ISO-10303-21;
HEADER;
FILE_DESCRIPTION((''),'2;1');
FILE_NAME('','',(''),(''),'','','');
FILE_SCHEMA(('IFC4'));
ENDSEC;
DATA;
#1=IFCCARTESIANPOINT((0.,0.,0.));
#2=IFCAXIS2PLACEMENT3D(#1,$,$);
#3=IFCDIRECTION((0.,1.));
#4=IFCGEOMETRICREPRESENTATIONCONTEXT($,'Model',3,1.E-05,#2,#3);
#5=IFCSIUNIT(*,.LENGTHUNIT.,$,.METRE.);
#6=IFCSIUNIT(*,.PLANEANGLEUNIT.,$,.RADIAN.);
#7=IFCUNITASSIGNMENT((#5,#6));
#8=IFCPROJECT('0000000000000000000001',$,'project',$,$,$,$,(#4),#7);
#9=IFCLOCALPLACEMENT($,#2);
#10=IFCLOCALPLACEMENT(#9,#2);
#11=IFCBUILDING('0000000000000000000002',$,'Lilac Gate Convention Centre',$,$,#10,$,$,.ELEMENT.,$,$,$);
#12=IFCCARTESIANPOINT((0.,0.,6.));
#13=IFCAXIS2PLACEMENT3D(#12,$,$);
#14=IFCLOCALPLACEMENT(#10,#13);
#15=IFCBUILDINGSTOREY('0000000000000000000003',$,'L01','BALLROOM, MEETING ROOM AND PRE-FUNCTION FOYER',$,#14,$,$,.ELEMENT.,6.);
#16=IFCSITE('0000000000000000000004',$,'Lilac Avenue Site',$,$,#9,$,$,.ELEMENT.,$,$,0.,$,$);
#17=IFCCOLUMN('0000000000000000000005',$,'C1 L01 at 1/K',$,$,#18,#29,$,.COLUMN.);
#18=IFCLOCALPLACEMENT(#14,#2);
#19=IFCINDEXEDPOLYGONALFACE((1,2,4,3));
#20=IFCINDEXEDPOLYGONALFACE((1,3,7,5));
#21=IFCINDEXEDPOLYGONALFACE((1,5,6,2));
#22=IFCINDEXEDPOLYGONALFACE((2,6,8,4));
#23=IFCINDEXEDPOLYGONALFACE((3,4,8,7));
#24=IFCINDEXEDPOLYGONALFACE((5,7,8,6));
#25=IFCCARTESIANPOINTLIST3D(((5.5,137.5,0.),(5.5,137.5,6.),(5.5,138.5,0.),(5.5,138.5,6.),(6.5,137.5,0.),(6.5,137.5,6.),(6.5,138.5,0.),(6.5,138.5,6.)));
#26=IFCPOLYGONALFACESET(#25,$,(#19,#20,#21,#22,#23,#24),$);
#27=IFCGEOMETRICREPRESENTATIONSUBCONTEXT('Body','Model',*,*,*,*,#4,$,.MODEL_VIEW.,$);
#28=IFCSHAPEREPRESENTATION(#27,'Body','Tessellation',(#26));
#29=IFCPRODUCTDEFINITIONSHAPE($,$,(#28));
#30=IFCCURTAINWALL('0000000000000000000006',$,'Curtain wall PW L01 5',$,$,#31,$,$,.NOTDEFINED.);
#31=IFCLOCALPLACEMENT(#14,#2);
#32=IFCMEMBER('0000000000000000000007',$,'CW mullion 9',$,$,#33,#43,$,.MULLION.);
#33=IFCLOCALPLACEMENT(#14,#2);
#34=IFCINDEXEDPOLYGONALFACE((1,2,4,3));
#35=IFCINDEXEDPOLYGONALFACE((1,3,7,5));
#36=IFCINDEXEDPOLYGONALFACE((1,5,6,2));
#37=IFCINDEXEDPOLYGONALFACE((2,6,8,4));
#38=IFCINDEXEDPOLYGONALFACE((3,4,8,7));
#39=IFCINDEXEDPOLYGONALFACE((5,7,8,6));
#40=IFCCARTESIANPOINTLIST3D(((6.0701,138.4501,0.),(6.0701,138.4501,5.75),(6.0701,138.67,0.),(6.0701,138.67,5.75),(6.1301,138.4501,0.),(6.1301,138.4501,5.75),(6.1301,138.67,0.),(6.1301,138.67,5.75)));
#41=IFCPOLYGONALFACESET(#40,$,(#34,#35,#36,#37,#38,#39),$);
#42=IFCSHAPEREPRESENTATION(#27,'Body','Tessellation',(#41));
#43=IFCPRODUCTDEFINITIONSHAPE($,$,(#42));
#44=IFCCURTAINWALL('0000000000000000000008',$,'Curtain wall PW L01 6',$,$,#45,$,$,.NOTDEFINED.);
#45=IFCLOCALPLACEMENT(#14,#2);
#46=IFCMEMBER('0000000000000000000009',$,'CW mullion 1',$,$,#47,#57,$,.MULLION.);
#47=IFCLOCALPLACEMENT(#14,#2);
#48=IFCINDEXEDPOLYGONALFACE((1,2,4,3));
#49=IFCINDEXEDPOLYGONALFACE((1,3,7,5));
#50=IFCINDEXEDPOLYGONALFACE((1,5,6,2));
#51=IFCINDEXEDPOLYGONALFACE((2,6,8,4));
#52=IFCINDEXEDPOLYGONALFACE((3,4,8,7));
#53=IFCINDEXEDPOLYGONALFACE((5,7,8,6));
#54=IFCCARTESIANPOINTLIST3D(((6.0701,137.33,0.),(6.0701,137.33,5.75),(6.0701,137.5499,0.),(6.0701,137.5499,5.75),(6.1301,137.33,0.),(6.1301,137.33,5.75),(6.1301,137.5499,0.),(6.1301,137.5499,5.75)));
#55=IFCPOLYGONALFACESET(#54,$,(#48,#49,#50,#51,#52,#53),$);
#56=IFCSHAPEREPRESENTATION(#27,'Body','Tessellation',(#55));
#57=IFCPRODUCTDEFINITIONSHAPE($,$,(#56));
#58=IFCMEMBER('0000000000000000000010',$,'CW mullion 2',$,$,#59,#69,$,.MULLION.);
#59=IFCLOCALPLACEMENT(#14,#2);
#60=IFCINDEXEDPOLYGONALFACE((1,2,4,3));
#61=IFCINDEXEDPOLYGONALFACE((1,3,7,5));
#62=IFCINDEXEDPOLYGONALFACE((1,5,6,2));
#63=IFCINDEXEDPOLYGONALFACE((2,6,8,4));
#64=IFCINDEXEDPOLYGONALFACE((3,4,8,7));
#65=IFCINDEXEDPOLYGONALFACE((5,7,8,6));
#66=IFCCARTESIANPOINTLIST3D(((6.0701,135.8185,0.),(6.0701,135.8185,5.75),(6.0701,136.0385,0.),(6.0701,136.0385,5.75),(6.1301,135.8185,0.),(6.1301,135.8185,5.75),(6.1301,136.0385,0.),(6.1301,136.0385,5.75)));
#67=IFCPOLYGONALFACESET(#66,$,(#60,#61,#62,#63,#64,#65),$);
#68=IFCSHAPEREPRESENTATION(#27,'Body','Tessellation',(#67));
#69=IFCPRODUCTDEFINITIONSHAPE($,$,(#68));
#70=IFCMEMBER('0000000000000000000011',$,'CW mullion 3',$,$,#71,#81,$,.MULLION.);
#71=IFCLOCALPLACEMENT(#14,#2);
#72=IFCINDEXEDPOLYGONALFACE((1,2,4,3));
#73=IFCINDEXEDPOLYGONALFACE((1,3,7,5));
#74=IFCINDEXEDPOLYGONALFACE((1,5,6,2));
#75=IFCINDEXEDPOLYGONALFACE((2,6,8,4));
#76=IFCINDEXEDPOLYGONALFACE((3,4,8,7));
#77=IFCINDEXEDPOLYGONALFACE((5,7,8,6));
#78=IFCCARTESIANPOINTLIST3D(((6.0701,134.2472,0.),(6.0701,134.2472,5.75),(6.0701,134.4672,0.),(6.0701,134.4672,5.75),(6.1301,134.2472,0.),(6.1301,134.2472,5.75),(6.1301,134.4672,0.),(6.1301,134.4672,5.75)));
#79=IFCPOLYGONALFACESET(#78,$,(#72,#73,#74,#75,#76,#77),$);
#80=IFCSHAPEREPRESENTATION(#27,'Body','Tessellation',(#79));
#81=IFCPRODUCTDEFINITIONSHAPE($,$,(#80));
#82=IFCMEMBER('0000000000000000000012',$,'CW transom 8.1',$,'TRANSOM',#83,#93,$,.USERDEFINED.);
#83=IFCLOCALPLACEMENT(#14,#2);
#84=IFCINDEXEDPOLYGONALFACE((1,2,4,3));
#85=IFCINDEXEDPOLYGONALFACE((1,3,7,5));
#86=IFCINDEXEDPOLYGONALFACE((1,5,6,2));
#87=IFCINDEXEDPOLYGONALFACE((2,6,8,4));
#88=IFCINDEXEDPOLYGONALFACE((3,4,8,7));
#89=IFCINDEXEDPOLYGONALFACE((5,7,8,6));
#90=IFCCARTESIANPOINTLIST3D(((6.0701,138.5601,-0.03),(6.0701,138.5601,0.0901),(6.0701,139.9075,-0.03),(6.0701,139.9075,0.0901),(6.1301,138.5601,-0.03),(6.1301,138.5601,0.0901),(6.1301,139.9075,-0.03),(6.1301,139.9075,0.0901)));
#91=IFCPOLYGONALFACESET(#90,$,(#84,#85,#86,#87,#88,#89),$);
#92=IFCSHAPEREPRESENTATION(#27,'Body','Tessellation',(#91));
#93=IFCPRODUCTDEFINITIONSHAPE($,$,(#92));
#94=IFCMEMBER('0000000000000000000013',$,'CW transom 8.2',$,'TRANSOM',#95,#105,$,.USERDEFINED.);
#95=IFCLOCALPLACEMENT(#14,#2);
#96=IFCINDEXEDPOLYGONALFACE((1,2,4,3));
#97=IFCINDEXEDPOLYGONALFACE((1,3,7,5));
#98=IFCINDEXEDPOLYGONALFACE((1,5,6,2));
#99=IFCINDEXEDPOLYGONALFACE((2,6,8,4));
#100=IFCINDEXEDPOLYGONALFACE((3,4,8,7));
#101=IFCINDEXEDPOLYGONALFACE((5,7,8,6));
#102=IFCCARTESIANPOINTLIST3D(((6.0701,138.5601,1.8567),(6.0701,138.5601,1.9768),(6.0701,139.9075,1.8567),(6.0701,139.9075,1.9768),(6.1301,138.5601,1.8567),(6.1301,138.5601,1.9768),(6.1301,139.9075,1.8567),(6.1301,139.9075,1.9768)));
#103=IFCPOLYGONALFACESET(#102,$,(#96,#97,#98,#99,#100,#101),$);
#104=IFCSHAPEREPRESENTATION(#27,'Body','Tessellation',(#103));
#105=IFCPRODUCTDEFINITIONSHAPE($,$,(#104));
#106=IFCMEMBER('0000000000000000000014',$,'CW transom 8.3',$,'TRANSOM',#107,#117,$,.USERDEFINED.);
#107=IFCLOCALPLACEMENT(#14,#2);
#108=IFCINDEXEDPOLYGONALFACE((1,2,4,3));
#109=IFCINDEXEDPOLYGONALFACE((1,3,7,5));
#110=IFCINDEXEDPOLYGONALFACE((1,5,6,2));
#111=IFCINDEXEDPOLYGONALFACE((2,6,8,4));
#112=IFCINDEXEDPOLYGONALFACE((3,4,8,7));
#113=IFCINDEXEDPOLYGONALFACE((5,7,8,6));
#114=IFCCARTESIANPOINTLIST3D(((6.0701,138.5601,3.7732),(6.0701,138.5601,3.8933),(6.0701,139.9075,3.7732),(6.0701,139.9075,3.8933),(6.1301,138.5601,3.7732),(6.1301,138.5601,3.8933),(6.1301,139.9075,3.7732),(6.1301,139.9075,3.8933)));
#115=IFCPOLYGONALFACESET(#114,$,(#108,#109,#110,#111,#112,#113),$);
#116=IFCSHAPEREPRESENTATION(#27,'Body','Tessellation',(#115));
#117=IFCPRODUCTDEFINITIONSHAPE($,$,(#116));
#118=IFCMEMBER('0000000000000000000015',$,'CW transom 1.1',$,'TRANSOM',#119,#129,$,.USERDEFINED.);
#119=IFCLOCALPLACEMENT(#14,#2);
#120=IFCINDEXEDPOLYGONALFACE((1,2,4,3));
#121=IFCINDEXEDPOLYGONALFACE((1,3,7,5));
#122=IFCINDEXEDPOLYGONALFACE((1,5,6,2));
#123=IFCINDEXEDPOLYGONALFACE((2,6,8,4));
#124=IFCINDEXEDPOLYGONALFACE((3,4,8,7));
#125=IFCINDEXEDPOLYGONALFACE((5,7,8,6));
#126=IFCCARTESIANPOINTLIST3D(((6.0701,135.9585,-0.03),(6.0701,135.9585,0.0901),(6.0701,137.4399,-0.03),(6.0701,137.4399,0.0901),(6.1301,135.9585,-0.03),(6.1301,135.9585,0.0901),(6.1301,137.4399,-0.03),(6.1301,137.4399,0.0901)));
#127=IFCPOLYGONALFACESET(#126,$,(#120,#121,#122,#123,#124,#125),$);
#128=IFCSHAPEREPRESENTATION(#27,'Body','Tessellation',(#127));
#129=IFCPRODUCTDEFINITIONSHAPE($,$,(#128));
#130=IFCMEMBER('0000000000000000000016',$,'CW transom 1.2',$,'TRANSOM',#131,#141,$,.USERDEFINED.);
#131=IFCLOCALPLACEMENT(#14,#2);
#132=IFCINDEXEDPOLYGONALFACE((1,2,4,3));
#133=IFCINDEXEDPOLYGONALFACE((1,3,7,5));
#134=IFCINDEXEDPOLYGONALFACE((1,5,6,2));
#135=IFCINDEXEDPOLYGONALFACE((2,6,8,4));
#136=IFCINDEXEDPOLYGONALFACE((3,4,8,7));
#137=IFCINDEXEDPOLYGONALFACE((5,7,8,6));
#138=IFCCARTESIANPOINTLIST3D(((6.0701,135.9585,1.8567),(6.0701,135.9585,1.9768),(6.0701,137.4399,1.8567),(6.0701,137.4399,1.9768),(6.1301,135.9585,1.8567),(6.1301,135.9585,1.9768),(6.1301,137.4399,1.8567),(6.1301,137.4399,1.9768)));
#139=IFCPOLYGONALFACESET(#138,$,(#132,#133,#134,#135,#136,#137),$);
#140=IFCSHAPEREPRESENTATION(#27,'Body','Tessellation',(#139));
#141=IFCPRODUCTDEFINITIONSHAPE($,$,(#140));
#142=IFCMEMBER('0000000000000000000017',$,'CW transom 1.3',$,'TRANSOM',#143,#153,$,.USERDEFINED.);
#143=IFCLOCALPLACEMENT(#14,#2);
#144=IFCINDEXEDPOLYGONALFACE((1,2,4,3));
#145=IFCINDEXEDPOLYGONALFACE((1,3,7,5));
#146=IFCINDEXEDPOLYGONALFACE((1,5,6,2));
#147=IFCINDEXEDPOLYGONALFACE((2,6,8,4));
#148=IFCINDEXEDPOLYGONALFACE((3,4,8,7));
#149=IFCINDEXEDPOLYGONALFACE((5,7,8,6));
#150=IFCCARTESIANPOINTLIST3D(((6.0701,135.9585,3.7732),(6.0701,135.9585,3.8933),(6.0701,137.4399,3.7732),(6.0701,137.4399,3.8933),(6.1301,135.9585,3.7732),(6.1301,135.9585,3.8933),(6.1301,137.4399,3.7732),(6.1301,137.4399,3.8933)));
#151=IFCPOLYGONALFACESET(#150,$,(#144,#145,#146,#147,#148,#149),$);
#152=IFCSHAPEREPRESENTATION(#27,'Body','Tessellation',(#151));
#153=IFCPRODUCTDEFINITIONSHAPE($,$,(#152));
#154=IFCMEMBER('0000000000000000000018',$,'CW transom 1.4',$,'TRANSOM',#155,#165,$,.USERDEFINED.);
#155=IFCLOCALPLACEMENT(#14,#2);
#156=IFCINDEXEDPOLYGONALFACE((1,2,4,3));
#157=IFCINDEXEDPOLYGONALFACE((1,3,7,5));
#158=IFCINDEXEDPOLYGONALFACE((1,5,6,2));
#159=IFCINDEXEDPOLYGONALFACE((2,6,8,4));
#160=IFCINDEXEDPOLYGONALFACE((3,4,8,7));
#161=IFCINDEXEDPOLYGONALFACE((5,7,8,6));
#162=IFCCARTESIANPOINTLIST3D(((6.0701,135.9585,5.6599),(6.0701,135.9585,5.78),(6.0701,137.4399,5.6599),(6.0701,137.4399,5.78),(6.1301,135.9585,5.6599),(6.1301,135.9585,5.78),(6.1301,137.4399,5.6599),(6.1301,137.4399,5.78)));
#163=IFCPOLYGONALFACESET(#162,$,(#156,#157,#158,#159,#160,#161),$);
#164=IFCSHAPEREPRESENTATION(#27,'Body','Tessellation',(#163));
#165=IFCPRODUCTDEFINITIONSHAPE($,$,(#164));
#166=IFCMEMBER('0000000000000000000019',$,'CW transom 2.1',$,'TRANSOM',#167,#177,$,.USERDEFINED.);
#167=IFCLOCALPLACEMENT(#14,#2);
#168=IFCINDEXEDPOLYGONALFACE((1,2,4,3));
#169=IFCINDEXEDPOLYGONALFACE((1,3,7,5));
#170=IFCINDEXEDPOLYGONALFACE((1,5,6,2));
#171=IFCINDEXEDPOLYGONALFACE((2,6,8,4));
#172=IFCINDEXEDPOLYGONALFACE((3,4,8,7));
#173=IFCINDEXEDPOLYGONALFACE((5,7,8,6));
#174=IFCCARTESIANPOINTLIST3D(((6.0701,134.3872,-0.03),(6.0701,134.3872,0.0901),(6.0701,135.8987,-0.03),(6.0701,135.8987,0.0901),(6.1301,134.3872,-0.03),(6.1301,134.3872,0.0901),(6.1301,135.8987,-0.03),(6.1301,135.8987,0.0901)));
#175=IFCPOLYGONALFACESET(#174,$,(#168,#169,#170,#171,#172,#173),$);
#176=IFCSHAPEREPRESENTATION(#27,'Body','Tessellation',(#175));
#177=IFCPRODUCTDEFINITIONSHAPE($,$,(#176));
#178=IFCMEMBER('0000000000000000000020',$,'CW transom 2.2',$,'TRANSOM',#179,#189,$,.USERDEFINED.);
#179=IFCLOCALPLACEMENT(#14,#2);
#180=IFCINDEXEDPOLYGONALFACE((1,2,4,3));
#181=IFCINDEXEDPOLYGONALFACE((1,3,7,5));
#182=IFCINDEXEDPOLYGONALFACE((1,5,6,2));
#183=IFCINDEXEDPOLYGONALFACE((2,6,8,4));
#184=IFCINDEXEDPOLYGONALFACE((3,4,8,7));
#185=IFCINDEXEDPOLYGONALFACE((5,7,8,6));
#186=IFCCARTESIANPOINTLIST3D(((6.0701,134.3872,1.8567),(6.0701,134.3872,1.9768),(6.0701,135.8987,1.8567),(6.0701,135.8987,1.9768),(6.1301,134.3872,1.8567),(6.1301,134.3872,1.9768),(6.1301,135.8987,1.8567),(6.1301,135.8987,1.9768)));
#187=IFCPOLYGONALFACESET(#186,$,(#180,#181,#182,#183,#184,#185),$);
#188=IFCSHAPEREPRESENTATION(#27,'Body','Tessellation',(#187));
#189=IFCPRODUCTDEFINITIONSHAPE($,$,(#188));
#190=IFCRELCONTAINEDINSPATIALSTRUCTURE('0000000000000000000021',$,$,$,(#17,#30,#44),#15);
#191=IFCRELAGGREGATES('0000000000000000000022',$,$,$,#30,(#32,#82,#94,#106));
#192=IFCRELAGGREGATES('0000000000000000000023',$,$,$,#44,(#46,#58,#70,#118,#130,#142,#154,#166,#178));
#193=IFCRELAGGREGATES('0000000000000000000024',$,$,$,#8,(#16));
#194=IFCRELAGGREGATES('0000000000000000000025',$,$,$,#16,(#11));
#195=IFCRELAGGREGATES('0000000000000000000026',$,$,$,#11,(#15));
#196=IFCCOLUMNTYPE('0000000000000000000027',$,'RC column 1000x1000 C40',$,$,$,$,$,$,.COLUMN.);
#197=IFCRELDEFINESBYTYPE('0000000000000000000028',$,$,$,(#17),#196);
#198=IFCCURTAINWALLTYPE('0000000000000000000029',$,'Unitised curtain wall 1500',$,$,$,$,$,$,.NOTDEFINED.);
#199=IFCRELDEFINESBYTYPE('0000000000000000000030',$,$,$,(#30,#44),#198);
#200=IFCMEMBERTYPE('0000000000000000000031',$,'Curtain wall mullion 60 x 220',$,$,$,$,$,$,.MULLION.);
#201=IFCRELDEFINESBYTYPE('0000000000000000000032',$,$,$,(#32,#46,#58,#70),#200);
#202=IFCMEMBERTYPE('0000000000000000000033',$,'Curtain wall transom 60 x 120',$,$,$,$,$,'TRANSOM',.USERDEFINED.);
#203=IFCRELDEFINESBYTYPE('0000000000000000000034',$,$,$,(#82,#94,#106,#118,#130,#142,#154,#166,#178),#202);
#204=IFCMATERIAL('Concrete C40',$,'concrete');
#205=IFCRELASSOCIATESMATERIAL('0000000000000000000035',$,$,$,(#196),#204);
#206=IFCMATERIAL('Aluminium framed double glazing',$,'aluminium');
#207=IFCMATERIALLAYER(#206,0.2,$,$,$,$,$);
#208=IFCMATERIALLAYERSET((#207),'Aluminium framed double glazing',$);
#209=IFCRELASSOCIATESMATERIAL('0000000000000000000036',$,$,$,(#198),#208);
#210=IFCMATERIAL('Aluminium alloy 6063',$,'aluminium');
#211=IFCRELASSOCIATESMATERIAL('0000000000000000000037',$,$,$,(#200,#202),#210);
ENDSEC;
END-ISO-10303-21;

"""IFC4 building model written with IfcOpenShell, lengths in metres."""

from ifc_helpers import new_model, si_unit, direction, frame, origin, origin_2d, place, context, subcontext, project, spatial, rectangle, extrude, material, layer, layer_set, material_profile, profile_set, type_object, element, aggregate, save


model = new_model("IFC4")

# Units and contexts
model_context = context("Model", 3, precision=1e-05, world=origin(), true_north=direction((0.0, 1.0)))
body_context = subcontext(model_context, "Body", "Model", "MODEL_VIEW")
ifc_project = project(units=[si_unit("LENGTHUNIT", "METRE"), si_unit("PLANEANGLEUNIT", "RADIAN")], contexts=[model_context])

# Site, building, storey
site_placement = place(None, origin())
site = spatial("IfcSite", under=ifc_project, at=site_placement, Name="Lilac Avenue Site", CompositionType="ELEMENT", RefElevation=0.0)
building_placement = place(site_placement, origin())
building = spatial("IfcBuilding", under=site, at=building_placement, Name="Lilac Gate Convention Centre", CompositionType="ELEMENT")
storey_placement = place(building_placement, frame((0.0, 0.0, 6.0)))
storey = spatial("IfcBuildingStorey", under=building, at=storey_placement, Name="L01", Description="BALLROOM, MEETING ROOM AND PRE-FUNCTION FOYER", CompositionType="ELEMENT", Elevation=6.0)

# Column
ifc_material_1 = material(Name="Concrete C40", Category="concrete")
ifc_material_profile_1 = material_profile(ifc_material_1, rectangle(XDim=1.0, YDim=1.0, at=origin_2d()), Name="RC 1000x1000")
ifc_profile_set_1 = profile_set([ifc_material_profile_1], Name="Concrete C40")
column_type = type_object("IfcColumnType", Name="RC column 1000x1000 C40", PredefinedType="COLUMN", material=ifc_profile_set_1)
column_placement = place(storey_placement, frame((6.0, 138.0, 0.0), z_axis=(0.0, 0.0, 1.0), x_axis=(1.0, 0.0, 0.0)))
element("IfcColumn", 1, at=column_placement, inside=storey, type_object=column_type, Name="C1 L01 at 1/K", PredefinedType="COLUMN", context=body_context, shape_type="SweptSolid", body=[
    extrude(rectangle(XDim=1.0, YDim=1.0, at=origin_2d()), origin(), (0.0, 0.0, 1.0), 6.0),
])

# Curtain wall, member
ifc_material_2 = material(Name="Aluminium framed double glazing", Category="aluminium")
ifc_layer_1 = layer(ifc_material_2, 0.2)
ifc_layer_set_1 = layer_set([ifc_layer_1], Name="Aluminium framed double glazing")
curtain_wall_type = type_object("IfcCurtainWallType", Name="Unitised curtain wall 1500", PredefinedType="NOTDEFINED", material=ifc_layer_set_1)
curtain_wall_1_placement = place(storey_placement, origin())
curtain_wall_1 = element("IfcCurtainWall", 2, at=curtain_wall_1_placement, inside=storey, type_object=curtain_wall_type, Name="Curtain wall PW L01 5", PredefinedType="NOTDEFINED")
ifc_material_3 = material(Name="Aluminium alloy 6063", Category="aluminium")
ifc_material_profile_2 = material_profile(ifc_material_3, rectangle(XDim=0.0601, YDim=0.22, at=origin_2d()), Name="Curtain wall mullion 60 x 220")
ifc_profile_set_2 = profile_set([ifc_material_profile_2], Name="Aluminium alloy 6063")
member_type_1 = type_object("IfcMemberType", Name="Curtain wall mullion 60 x 220", PredefinedType="MULLION", material=ifc_profile_set_2)
member_1_placement = place(storey_placement, frame((6.1001, 138.5601, 0.0), z_axis=(0.0, 0.0, 1.0), x_axis=(1.0, 0.0, 0.0)))
member_1 = element("IfcMember", 3, at=member_1_placement, type_object=member_type_1, Name="CW mullion 9", PredefinedType="MULLION", context=body_context, shape_type="SweptSolid", body=[
    extrude(rectangle(XDim=0.0601, YDim=0.22, at=origin_2d()), origin(), (0.0, 0.0, 1.0), 5.75),
])

# Curtain wall, members
curtain_wall_2_placement = place(storey_placement, origin())
curtain_wall_2 = element("IfcCurtainWall", 4, at=curtain_wall_2_placement, inside=storey, type_object=curtain_wall_type, Name="Curtain wall PW L01 6", PredefinedType="NOTDEFINED")
member_2_placement = place(storey_placement, frame((6.1001, 137.4399, 0.0), z_axis=(0.0, 0.0, 1.0), x_axis=(1.0, 0.0, 0.0)))
member_2 = element("IfcMember", 5, at=member_2_placement, type_object=member_type_1, Name="CW mullion 1", PredefinedType="MULLION", context=body_context, shape_type="SweptSolid", body=[
    extrude(rectangle(XDim=0.0601, YDim=0.22, at=origin_2d()), origin(), (0.0, 0.0, 1.0), 5.75),
])
member_3_placement = place(storey_placement, frame((6.1001, 135.9285, 0.0), z_axis=(0.0, 0.0, 1.0), x_axis=(1.0, 0.0, 0.0)))
member_3 = element("IfcMember", 6, at=member_3_placement, type_object=member_type_1, Name="CW mullion 2", PredefinedType="MULLION", context=body_context, shape_type="SweptSolid", body=[
    extrude(rectangle(XDim=0.0601, YDim=0.22, at=origin_2d()), origin(), (0.0, 0.0, 1.0), 5.75),
])
member_4_placement = place(storey_placement, frame((6.1001, 134.3572, 0.0), z_axis=(0.0, 0.0, 1.0), x_axis=(1.0, 0.0, 0.0)))
member_4 = element("IfcMember", 7, at=member_4_placement, type_object=member_type_1, Name="CW mullion 3", PredefinedType="MULLION", context=body_context, shape_type="SweptSolid", body=[
    extrude(rectangle(XDim=0.0601, YDim=0.22, at=origin_2d()), origin(), (0.0, 0.0, 1.0), 5.75),
])

# Members
ifc_material_profile_3 = material_profile(ifc_material_3, rectangle(XDim=0.0601, YDim=0.1201, at=origin_2d()), Name="Curtain wall transom 60 x 120")
ifc_profile_set_3 = profile_set([ifc_material_profile_3], Name="Aluminium alloy 6063")
member_type_2 = type_object("IfcMemberType", Name="Curtain wall transom 60 x 120", ElementType="TRANSOM", PredefinedType="USERDEFINED", material=ifc_profile_set_3)
member_5_placement = place(storey_placement, frame((6.1001, 139.9075, 0.03), z_axis=(0.0, -1.0, 0.0), x_axis=(1.0, 0.0, 0.0)))
member_5 = element("IfcMember", 8, at=member_5_placement, type_object=member_type_2, Name="CW transom 8.1", ObjectType="TRANSOM", PredefinedType="USERDEFINED", context=body_context, shape_type="SweptSolid", body=[
    extrude(rectangle(XDim=0.0601, YDim=0.1201, at=origin_2d()), origin(), (0.0, 0.0, 1.0), 1.3474),
])
member_6_placement = place(storey_placement, frame((6.1001, 139.9075, 1.9167), z_axis=(0.0, -1.0, 0.0), x_axis=(1.0, 0.0, 0.0)))
member_6 = element("IfcMember", 9, at=member_6_placement, type_object=member_type_2, Name="CW transom 8.2", ObjectType="TRANSOM", PredefinedType="USERDEFINED", context=body_context, shape_type="SweptSolid", body=[
    extrude(rectangle(XDim=0.0601, YDim=0.1201, at=origin_2d()), origin(), (0.0, 0.0, 1.0), 1.3474),
])
member_7_placement = place(storey_placement, frame((6.1001, 139.9075, 3.8333), z_axis=(0.0, -1.0, 0.0), x_axis=(1.0, 0.0, 0.0)))
member_7 = element("IfcMember", 10, at=member_7_placement, type_object=member_type_2, Name="CW transom 8.3", ObjectType="TRANSOM", PredefinedType="USERDEFINED", context=body_context, shape_type="SweptSolid", body=[
    extrude(rectangle(XDim=0.0601, YDim=0.1201, at=origin_2d()), origin(), (0.0, 0.0, 1.0), 1.3474),
])
member_8_placement = place(storey_placement, frame((6.1001, 137.4399, 0.03), z_axis=(0.0, -1.0, 0.0), x_axis=(1.0, 0.0, 0.0)))
member_8 = element("IfcMember", 11, at=member_8_placement, type_object=member_type_2, Name="CW transom 1.1", ObjectType="TRANSOM", PredefinedType="USERDEFINED", context=body_context, shape_type="SweptSolid", body=[
    extrude(rectangle(XDim=0.0601, YDim=0.1201, at=origin_2d()), origin(), (0.0, 0.0, 1.0), 1.4814),
])
member_9_placement = place(storey_placement, frame((6.1001, 137.4399, 1.9167), z_axis=(0.0, -1.0, 0.0), x_axis=(1.0, 0.0, 0.0)))
member_9 = element("IfcMember", 12, at=member_9_placement, type_object=member_type_2, Name="CW transom 1.2", ObjectType="TRANSOM", PredefinedType="USERDEFINED", context=body_context, shape_type="SweptSolid", body=[
    extrude(rectangle(XDim=0.0601, YDim=0.1201, at=origin_2d()), origin(), (0.0, 0.0, 1.0), 1.4814),
])
member_10_placement = place(storey_placement, frame((6.1001, 137.4399, 3.8333), z_axis=(0.0, -1.0, 0.0), x_axis=(1.0, 0.0, 0.0)))
member_10 = element("IfcMember", 13, at=member_10_placement, type_object=member_type_2, Name="CW transom 1.3", ObjectType="TRANSOM", PredefinedType="USERDEFINED", context=body_context, shape_type="SweptSolid", body=[
    extrude(rectangle(XDim=0.0601, YDim=0.1201, at=origin_2d()), origin(), (0.0, 0.0, 1.0), 1.4814),
])
member_11_placement = place(storey_placement, frame((6.1001, 137.4399, 5.72), z_axis=(0.0, -1.0, 0.0), x_axis=(1.0, 0.0, 0.0)))
member_11 = element("IfcMember", 14, at=member_11_placement, type_object=member_type_2, Name="CW transom 1.4", ObjectType="TRANSOM", PredefinedType="USERDEFINED", context=body_context, shape_type="SweptSolid", body=[
    extrude(rectangle(XDim=0.0601, YDim=0.1201, at=origin_2d()), origin(), (0.0, 0.0, 1.0), 1.4814),
])
member_12_placement = place(storey_placement, frame((6.1001, 135.8987, 0.03), z_axis=(0.0, -1.0, 0.0), x_axis=(1.0, 0.0, 0.0)))
member_12 = element("IfcMember", 15, at=member_12_placement, type_object=member_type_2, Name="CW transom 2.1", ObjectType="TRANSOM", PredefinedType="USERDEFINED", context=body_context, shape_type="SweptSolid", body=[
    extrude(rectangle(XDim=0.0601, YDim=0.1201, at=origin_2d()), origin(), (0.0, 0.0, 1.0), 1.5115),
])
member_13_placement = place(storey_placement, frame((6.1001, 135.8987, 1.9167), z_axis=(0.0, -1.0, 0.0), x_axis=(1.0, 0.0, 0.0)))
member_13 = element("IfcMember", 16, at=member_13_placement, type_object=member_type_2, Name="CW transom 2.2", ObjectType="TRANSOM", PredefinedType="USERDEFINED", context=body_context, shape_type="SweptSolid", body=[
    extrude(rectangle(XDim=0.0601, YDim=0.1201, at=origin_2d()), origin(), (0.0, 0.0, 1.0), 1.5115),
])

aggregate(curtain_wall_1, [member_1, member_5, member_6, member_7])
aggregate(curtain_wall_2, [member_2, member_3, member_4, member_8, member_9, member_10, member_11, member_12, member_13])

save(model, "model.ifc")
